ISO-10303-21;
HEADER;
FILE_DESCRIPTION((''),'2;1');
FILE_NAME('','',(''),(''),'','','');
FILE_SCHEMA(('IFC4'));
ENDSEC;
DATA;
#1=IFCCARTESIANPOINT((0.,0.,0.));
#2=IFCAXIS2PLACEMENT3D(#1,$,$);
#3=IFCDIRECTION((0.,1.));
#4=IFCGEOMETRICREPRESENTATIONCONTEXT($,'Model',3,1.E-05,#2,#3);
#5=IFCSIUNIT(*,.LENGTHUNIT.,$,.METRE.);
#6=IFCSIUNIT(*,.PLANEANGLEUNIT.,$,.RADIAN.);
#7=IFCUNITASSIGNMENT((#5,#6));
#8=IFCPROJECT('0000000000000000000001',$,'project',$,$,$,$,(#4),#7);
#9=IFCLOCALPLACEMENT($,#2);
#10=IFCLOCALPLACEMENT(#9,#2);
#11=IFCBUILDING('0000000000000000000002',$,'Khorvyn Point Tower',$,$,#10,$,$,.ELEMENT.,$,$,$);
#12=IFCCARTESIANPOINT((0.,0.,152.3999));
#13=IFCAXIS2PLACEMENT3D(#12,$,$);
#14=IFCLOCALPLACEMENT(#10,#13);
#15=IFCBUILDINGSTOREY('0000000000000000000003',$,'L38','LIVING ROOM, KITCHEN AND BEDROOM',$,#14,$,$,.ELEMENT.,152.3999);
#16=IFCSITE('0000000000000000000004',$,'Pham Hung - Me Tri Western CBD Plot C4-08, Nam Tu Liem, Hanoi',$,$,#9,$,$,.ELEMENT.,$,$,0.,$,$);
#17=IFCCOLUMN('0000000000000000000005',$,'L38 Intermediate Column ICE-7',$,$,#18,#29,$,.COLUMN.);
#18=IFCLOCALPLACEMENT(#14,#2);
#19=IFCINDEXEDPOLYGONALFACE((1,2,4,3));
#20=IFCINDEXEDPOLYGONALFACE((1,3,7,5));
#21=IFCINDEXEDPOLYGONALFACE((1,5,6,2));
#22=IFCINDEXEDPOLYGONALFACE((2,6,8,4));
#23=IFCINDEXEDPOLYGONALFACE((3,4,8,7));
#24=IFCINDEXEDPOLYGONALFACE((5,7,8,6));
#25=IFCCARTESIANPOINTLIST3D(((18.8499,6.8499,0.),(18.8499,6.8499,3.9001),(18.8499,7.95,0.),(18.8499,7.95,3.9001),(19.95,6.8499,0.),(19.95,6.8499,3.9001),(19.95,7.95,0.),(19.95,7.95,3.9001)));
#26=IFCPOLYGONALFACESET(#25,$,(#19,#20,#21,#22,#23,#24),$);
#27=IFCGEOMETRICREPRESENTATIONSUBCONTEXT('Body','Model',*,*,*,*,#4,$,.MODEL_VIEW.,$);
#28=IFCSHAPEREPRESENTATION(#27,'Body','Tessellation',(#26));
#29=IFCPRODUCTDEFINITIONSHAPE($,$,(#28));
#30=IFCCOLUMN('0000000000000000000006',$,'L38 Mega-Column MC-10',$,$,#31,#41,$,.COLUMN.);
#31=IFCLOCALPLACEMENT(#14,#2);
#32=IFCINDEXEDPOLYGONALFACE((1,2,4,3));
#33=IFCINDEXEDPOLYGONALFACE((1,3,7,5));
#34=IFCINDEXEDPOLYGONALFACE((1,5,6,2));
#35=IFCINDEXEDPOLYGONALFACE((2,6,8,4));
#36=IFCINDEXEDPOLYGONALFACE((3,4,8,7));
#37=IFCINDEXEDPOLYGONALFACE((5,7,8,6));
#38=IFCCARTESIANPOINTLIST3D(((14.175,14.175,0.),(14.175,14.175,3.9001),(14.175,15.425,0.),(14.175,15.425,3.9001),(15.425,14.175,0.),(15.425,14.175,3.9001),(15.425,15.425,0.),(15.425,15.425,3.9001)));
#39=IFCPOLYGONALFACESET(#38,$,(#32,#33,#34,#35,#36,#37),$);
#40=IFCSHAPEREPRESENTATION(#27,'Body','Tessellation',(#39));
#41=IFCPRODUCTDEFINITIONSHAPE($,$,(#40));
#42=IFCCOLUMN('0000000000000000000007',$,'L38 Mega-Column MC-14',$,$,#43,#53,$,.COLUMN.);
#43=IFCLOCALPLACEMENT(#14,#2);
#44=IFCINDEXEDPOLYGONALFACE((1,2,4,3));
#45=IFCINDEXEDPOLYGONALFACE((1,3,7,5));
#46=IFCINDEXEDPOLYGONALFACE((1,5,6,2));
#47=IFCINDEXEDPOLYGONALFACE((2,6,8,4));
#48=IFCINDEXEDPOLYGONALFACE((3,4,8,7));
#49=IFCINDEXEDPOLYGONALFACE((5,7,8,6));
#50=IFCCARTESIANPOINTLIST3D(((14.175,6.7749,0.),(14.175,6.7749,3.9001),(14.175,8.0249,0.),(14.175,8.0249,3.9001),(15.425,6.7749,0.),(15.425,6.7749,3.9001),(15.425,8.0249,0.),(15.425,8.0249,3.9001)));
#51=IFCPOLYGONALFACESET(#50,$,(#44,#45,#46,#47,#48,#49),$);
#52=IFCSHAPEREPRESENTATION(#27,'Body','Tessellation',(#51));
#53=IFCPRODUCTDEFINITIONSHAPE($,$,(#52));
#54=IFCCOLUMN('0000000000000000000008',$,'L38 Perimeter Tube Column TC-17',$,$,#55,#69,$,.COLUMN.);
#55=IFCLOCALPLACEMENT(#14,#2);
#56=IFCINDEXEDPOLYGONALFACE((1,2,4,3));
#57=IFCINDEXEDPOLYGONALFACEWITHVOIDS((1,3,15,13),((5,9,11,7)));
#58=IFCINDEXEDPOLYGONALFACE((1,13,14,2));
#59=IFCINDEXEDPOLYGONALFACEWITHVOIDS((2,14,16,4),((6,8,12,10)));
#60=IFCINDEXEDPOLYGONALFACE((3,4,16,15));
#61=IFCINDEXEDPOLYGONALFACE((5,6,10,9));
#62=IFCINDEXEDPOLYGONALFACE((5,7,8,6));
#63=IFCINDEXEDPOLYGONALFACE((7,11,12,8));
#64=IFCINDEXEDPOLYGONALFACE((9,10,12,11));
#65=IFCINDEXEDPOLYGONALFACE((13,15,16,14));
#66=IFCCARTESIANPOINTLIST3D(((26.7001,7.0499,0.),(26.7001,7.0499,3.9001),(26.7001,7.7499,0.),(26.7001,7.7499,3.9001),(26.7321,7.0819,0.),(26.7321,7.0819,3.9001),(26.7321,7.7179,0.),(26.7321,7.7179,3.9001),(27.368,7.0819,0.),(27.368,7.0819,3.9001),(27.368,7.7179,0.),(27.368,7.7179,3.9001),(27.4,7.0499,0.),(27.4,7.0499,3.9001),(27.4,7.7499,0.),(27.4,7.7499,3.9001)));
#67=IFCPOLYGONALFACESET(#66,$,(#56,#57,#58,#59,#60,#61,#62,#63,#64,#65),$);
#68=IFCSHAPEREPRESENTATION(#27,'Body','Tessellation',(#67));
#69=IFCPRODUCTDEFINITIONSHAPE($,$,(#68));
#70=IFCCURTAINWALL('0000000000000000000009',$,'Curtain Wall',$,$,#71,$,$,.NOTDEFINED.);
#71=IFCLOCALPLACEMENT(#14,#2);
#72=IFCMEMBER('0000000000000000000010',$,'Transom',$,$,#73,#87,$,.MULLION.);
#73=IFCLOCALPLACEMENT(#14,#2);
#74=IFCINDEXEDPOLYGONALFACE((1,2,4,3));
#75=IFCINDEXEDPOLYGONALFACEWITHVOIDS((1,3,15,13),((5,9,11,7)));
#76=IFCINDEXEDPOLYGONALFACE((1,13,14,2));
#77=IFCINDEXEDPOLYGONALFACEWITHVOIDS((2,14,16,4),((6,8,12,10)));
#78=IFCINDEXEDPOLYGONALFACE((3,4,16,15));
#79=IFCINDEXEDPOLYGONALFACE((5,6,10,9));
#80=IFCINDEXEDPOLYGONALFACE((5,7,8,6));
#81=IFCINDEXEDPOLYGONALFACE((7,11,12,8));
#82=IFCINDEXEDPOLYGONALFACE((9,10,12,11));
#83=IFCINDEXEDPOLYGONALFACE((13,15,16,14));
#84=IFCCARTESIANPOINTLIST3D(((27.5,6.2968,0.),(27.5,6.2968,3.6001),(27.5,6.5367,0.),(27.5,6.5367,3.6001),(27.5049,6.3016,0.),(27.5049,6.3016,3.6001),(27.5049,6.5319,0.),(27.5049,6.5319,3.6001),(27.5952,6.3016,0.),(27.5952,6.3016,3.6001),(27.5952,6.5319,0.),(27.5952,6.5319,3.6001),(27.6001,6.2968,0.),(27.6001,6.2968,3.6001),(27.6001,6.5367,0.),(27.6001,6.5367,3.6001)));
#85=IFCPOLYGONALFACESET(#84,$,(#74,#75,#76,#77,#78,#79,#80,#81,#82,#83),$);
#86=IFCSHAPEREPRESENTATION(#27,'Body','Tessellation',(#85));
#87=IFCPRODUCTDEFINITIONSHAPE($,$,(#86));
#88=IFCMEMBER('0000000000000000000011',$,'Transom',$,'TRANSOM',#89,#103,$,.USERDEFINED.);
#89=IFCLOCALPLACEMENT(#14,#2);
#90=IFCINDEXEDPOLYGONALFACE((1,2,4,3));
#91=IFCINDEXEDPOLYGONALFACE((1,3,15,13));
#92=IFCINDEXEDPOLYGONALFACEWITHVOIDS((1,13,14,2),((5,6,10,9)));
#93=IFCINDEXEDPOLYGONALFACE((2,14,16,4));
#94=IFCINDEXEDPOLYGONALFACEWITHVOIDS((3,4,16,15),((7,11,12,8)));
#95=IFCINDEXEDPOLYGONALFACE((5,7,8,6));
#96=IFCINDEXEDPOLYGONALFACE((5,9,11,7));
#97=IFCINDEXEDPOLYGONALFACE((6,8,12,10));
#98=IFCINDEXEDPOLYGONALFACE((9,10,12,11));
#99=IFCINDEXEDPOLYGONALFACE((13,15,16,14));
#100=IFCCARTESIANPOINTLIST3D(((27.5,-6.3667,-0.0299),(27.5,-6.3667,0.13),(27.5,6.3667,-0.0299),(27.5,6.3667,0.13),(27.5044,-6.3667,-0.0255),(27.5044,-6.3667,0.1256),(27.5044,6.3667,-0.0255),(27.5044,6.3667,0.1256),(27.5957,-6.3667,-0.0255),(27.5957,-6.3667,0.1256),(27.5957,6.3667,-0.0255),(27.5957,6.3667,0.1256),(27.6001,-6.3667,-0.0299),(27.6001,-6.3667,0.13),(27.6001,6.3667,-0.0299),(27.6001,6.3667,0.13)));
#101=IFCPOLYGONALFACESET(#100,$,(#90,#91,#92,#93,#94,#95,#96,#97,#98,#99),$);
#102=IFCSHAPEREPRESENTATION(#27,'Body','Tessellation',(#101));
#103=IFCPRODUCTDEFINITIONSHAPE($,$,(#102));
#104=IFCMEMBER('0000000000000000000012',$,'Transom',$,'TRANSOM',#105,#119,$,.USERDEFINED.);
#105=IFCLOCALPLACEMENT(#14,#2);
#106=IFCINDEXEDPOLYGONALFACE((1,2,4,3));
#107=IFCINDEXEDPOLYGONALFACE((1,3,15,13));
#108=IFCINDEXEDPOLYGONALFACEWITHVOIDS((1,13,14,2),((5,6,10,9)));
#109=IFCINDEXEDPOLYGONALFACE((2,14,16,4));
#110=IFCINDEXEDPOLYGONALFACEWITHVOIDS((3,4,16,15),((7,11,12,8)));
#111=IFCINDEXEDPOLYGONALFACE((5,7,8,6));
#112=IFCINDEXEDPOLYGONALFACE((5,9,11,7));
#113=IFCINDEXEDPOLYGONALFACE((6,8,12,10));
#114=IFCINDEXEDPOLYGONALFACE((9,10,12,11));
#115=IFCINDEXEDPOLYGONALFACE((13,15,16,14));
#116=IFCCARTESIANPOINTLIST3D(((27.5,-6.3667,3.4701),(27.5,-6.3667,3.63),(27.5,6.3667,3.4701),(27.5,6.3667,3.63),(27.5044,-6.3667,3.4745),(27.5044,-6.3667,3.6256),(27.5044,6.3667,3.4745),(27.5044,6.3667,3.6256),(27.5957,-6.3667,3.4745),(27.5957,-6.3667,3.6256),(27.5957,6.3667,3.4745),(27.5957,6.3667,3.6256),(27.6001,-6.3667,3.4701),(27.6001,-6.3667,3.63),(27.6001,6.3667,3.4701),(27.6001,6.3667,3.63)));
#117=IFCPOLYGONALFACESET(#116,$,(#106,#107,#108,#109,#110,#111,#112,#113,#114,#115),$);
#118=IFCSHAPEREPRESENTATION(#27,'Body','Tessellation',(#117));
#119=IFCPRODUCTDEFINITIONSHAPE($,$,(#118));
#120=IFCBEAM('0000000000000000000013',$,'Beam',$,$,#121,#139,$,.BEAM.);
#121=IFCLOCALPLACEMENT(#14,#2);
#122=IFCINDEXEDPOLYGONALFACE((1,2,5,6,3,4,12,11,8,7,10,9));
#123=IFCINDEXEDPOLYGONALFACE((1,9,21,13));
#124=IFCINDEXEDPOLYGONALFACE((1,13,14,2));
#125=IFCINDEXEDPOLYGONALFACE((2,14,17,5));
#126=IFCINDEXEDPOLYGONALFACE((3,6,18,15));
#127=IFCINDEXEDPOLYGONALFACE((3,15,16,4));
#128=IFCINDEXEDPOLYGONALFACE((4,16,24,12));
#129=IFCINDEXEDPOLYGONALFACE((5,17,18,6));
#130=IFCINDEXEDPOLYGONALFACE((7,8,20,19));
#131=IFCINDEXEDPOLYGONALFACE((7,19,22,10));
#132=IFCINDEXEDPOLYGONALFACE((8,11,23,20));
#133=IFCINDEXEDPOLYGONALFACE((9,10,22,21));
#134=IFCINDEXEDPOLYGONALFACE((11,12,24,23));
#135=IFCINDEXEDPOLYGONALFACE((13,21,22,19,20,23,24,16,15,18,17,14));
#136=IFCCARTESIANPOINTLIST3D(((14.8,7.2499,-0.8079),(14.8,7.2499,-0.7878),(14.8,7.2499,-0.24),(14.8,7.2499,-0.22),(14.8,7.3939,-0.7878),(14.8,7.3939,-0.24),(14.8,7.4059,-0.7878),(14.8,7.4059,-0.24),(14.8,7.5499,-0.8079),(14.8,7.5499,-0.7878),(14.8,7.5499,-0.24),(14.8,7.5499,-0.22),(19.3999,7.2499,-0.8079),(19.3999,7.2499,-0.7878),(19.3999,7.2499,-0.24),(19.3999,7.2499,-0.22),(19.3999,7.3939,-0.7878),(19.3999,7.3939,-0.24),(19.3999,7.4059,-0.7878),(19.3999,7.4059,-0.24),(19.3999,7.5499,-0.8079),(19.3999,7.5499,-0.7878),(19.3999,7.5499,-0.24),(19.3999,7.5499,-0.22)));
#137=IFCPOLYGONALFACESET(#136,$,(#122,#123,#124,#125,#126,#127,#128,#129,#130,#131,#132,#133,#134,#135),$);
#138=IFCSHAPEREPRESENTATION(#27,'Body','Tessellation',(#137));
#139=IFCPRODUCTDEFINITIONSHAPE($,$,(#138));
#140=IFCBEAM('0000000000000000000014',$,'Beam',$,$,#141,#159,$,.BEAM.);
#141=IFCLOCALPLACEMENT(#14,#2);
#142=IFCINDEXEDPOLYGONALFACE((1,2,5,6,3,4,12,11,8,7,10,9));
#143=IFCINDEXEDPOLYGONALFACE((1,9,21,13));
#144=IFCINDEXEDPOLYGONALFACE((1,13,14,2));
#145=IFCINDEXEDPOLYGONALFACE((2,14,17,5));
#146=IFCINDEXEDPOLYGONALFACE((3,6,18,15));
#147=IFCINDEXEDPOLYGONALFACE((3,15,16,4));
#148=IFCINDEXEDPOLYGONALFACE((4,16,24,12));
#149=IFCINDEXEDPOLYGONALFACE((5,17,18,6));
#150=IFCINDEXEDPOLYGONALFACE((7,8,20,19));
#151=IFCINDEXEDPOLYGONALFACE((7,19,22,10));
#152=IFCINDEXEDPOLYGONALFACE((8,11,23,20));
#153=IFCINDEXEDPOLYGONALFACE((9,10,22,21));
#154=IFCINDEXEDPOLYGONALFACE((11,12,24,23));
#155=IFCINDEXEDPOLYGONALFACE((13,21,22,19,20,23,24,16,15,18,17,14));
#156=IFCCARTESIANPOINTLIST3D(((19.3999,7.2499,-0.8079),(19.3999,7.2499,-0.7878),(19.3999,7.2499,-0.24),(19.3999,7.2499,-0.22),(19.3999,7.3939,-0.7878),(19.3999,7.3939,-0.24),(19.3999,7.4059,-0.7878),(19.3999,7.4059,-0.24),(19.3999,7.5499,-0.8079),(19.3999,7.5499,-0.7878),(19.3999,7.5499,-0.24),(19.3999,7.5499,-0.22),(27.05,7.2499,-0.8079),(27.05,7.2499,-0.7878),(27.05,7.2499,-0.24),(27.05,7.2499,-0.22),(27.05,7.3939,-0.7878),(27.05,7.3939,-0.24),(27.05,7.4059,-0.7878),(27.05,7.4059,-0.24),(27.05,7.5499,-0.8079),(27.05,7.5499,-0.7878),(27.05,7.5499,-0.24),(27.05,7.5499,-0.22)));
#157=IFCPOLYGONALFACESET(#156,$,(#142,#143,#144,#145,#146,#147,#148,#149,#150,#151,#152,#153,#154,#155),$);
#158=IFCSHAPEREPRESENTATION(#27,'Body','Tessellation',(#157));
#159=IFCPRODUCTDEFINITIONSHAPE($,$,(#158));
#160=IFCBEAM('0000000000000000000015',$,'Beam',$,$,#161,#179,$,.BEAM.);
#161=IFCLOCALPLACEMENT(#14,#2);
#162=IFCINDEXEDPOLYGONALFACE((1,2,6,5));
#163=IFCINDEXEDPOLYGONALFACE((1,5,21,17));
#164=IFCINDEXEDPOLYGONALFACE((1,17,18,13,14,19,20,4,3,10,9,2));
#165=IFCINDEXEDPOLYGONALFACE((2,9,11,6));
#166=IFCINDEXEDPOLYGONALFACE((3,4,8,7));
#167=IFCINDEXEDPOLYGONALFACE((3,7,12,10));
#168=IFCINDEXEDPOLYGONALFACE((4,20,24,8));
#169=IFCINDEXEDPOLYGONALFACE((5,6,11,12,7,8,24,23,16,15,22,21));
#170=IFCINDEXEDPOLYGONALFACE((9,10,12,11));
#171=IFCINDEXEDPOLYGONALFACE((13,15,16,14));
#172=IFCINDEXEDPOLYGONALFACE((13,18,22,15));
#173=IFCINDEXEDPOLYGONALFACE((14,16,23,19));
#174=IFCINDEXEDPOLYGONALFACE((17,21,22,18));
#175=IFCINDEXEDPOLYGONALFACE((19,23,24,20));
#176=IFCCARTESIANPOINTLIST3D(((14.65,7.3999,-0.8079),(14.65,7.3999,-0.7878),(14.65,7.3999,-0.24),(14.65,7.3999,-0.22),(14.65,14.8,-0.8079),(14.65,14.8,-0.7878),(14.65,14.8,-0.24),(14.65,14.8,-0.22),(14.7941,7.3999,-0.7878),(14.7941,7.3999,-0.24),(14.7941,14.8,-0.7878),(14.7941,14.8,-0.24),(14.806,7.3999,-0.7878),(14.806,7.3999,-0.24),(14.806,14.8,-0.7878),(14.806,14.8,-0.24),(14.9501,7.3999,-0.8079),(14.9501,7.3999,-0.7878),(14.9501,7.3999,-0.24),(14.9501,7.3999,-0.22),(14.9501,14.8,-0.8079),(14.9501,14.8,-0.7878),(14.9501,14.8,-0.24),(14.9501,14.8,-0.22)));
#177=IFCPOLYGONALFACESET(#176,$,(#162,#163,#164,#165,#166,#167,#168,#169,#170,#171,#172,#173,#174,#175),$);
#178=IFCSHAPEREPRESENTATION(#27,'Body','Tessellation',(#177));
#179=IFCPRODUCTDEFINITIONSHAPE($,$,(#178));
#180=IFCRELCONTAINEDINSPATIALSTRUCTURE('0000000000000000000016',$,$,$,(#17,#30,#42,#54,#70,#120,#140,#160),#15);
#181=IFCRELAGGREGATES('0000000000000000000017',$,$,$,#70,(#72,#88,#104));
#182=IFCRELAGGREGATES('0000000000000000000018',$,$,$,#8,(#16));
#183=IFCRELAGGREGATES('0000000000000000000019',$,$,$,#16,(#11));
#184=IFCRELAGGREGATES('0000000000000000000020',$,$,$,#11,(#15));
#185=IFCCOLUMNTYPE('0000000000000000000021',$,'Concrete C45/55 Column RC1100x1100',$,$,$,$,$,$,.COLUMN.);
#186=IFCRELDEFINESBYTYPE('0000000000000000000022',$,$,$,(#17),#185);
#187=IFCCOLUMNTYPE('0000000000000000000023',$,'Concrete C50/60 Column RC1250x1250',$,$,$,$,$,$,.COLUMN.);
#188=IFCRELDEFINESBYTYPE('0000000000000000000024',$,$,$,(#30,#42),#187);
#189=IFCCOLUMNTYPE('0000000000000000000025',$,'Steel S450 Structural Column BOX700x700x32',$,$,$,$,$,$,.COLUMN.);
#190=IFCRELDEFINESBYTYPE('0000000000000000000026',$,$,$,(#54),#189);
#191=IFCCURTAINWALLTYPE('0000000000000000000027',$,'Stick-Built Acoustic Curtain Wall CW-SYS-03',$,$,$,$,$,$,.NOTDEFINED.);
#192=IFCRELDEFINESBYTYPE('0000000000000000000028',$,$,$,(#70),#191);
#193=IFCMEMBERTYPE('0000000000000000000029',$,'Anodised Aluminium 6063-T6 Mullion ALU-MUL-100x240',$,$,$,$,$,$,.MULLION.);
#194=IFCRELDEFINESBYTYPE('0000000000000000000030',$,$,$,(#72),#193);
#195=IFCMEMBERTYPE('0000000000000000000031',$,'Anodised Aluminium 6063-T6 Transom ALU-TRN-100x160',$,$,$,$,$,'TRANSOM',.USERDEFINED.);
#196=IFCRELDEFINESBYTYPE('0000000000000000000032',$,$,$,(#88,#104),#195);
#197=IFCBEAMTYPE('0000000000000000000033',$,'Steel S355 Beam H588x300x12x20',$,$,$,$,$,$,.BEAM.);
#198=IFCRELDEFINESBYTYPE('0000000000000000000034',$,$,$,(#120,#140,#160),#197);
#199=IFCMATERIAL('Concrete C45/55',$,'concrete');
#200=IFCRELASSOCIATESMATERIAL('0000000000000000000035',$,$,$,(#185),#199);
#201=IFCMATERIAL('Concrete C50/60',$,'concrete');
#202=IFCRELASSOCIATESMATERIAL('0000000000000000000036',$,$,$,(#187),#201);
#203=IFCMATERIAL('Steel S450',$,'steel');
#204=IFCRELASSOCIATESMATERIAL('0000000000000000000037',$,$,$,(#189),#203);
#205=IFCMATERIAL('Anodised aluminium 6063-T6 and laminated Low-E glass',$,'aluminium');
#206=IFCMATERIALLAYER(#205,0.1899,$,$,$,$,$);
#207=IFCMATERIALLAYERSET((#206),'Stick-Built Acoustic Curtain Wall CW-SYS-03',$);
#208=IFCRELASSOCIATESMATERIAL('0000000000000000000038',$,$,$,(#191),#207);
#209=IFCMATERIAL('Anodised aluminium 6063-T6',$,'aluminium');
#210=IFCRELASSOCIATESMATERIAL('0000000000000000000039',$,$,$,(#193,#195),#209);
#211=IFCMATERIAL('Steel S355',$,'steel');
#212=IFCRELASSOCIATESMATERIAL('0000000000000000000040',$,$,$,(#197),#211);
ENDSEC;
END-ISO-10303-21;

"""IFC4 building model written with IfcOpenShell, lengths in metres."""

from ifc_helpers import new_model, si_unit, direction, frame, origin, origin_2d, place, context, subcontext, project, spatial, rectangle, hollow_rectangle, i_section, extrude, material, layer, layer_set, material_profile, profile_set, type_object, element, aggregate, save


model = new_model("IFC4")

# Units and contexts
model_context = context("Model", 3, precision=1e-05, world=origin(), true_north=direction((0.0, 1.0)))
body_context = subcontext(model_context, "Body", "Model", "MODEL_VIEW")
ifc_project = project(units=[si_unit("LENGTHUNIT", "METRE"), si_unit("PLANEANGLEUNIT", "RADIAN")], contexts=[model_context])

# Site, building, storey
site_placement = place(None, origin())
site = spatial("IfcSite", under=ifc_project, at=site_placement, Name="Pham Hung - Me Tri Western CBD Plot C4-08, Nam Tu Liem, Hanoi", CompositionType="ELEMENT", RefElevation=0.0)
building_placement = place(site_placement, origin())
building = spatial("IfcBuilding", under=site, at=building_placement, Name="Khorvyn Point Tower", CompositionType="ELEMENT")
storey_placement = place(building_placement, frame((0.0, 0.0, 152.3999)))
storey = spatial("IfcBuildingStorey", under=building, at=storey_placement, Name="L38", Description="LIVING ROOM, KITCHEN AND BEDROOM", CompositionType="ELEMENT", Elevation=152.3999)

# Columns
ifc_material_1 = material(Name="Concrete C45/55", Category="concrete")
ifc_material_profile_1 = material_profile(ifc_material_1, rectangle(XDim=1.1001, YDim=1.1001, at=origin_2d()))
ifc_profile_set_1 = profile_set([ifc_material_profile_1], Name="Concrete C45/55 RC1100x1100")
column_type_1 = type_object("IfcColumnType", Name="Concrete C45/55 Column RC1100x1100", PredefinedType="COLUMN", material=ifc_profile_set_1)
column_1_placement = place(storey_placement, frame((19.3999, 7.3999, 0.0), z_axis=(0.0, 0.0, 1.0), x_axis=(1.0, 0.0, 0.0)))
element("IfcColumn", 1, at=column_1_placement, inside=storey, type_object=column_type_1, Name="L38 Intermediate Column ICE-7", PredefinedType="COLUMN", context=body_context, shape_type="SweptSolid", body=[
    extrude(rectangle(XDim=1.1001, YDim=1.1001, at=origin_2d()), origin(), (0.0, 0.0, 1.0), 3.9001),
])
ifc_material_2 = material(Name="Concrete C50/60", Category="concrete")
ifc_material_profile_2 = material_profile(ifc_material_2, rectangle(XDim=1.25, YDim=1.25, at=origin_2d()))
ifc_profile_set_2 = profile_set([ifc_material_profile_2], Name="Concrete C50/60 RC1250x1250")
column_type_2 = type_object("IfcColumnType", Name="Concrete C50/60 Column RC1250x1250", PredefinedType="COLUMN", material=ifc_profile_set_2)
for number, where, z_axis, x_axis, name in (
    (2, (14.8, 14.8, 0.0), (0.0, 0.0, 1.0), (1.0, 0.0, 0.0), "L38 Mega-Column MC-10"),
    (3, (14.8, 7.3999, 0.0), (0.0, 0.0, 1.0), (1.0, 0.0, 0.0), "L38 Mega-Column MC-14"),
):
    element("IfcColumn", number, at=place(storey_placement, frame(where, z_axis=z_axis, x_axis=x_axis)), inside=storey, type_object=column_type_2, Name=name, PredefinedType="COLUMN", context=body_context, shape_type="SweptSolid", body=[
        extrude(rectangle(XDim=1.25, YDim=1.25, at=origin_2d()), origin(), (0.0, 0.0, 1.0), 3.9001),
    ])
ifc_material_3 = material(Name="Steel S450", Category="steel")
ifc_material_profile_3 = material_profile(ifc_material_3, hollow_rectangle(XDim=0.7, YDim=0.7, WallThickness=0.032, at=origin_2d()))
ifc_profile_set_3 = profile_set([ifc_material_profile_3], Name="Steel S450 BOX700x700x32")
column_type_3 = type_object("IfcColumnType", Name="Steel S450 Structural Column BOX700x700x32", PredefinedType="COLUMN", material=ifc_profile_set_3)
column_2_placement = place(storey_placement, frame((27.05, 7.3999, 0.0), z_axis=(0.0, 0.0, 1.0), x_axis=(1.0, 0.0, 0.0)))
element("IfcColumn", 4, at=column_2_placement, inside=storey, type_object=column_type_3, Name="L38 Perimeter Tube Column TC-17", PredefinedType="COLUMN", context=body_context, shape_type="SweptSolid", body=[
    extrude(hollow_rectangle(XDim=0.7, YDim=0.7, WallThickness=0.032, at=origin_2d()), origin(), (0.0, 0.0, 1.0), 3.9001),
])

# Curtain wall, members
ifc_material_4 = material(Name="Anodised aluminium 6063-T6 and laminated Low-E glass", Category="aluminium")
ifc_layer_1 = layer(ifc_material_4, 0.1899)
ifc_layer_set_1 = layer_set([ifc_layer_1], Name="Stick-Built Acoustic Curtain Wall CW-SYS-03")
curtain_wall_type = type_object("IfcCurtainWallType", Name="Stick-Built Acoustic Curtain Wall CW-SYS-03", PredefinedType="NOTDEFINED", material=ifc_layer_set_1)
curtain_wall_placement = place(storey_placement, origin())
curtain_wall = element("IfcCurtainWall", 5, at=curtain_wall_placement, inside=storey, type_object=curtain_wall_type, Name="Curtain Wall", PredefinedType="NOTDEFINED")
ifc_material_5 = material(Name="Anodised aluminium 6063-T6", Category="aluminium")
ifc_material_profile_4 = material_profile(ifc_material_5, hollow_rectangle(XDim=0.1001, YDim=0.24, WallThickness=0.0049, at=origin_2d()))
ifc_profile_set_4 = profile_set([ifc_material_profile_4], Name="Anodised aluminium 6063-T6 ALU-MUL-100x240")
member_type_1 = type_object("IfcMemberType", Name="Anodised Aluminium 6063-T6 Mullion ALU-MUL-100x240", PredefinedType="MULLION", material=ifc_profile_set_4)
member_1_placement = place(storey_placement, frame((27.55, 6.4167, 0.0), z_axis=(0.0, 0.0, 1.0), x_axis=(1.0, 0.0, 0.0)))
member_1 = element("IfcMember", 6, at=member_1_placement, type_object=member_type_1, Name="Transom", PredefinedType="MULLION", context=body_context, shape_type="SweptSolid", body=[
    extrude(hollow_rectangle(XDim=0.1001, YDim=0.24, WallThickness=0.0049, at=origin_2d()), origin(), (0.0, 0.0, 1.0), 3.6001),
])
ifc_material_profile_5 = material_profile(ifc_material_5, hollow_rectangle(XDim=0.1001, YDim=0.1599, WallThickness=0.0044, at=origin_2d()))
ifc_profile_set_5 = profile_set([ifc_material_profile_5], Name="Anodised aluminium 6063-T6 ALU-TRN-100x160")
member_type_2 = type_object("IfcMemberType", Name="Anodised Aluminium 6063-T6 Transom ALU-TRN-100x160", ElementType="TRANSOM", PredefinedType="USERDEFINED", material=ifc_profile_set_5)
member_2_placement = place(storey_placement, frame((27.55, 6.3667, 0.05), z_axis=(0.0, -1.0, 0.0), x_axis=(1.0, 0.0, 0.0)))
member_2 = element("IfcMember", 7, at=member_2_placement, type_object=member_type_2, Name="Transom", ObjectType="TRANSOM", PredefinedType="USERDEFINED", context=body_context, shape_type="SweptSolid", body=[
    extrude(hollow_rectangle(XDim=0.1001, YDim=0.1599, WallThickness=0.0044, at=origin_2d()), origin(), (0.0, 0.0, 1.0), 12.7334),
])
member_3_placement = place(storey_placement, frame((27.55, 6.3667, 3.55), z_axis=(0.0, -1.0, 0.0), x_axis=(1.0, 0.0, 0.0)))
member_3 = element("IfcMember", 8, at=member_3_placement, type_object=member_type_2, Name="Transom", ObjectType="TRANSOM", PredefinedType="USERDEFINED", context=body_context, shape_type="SweptSolid", body=[
    extrude(hollow_rectangle(XDim=0.1001, YDim=0.1599, WallThickness=0.0044, at=origin_2d()), origin(), (0.0, 0.0, 1.0), 12.7334),
])

# Beams
ifc_material_6 = material(Name="Steel S355", Category="steel")
ifc_material_profile_6 = material_profile(ifc_material_6, i_section(OverallWidth=0.3, OverallDepth=0.5879, WebThickness=0.012, FlangeThickness=0.02, at=origin_2d()))
ifc_profile_set_6 = profile_set([ifc_material_profile_6], Name="Steel S355 H588x300x12x20")
beam_type_1 = type_object("IfcBeamType", Name="Steel S355 Beam H588x300x12x20", PredefinedType="BEAM", material=ifc_profile_set_6)
beam_1_placement = place(storey_placement, frame((14.8, 7.3999, -0.5139), z_axis=(1.0, 0.0, 0.0), x_axis=(0.0, 1.0, 0.0)))
element("IfcBeam", 9, at=beam_1_placement, inside=storey, type_object=beam_type_1, Name="Beam", PredefinedType="BEAM", context=body_context, shape_type="SweptSolid", body=[
    extrude(i_section(OverallWidth=0.3, OverallDepth=0.5879, WebThickness=0.012, FlangeThickness=0.02, at=origin_2d()), origin(), (0.0, 0.0, 1.0), 4.5999),
])
beam_2_placement = place(storey_placement, frame((19.3999, 7.3999, -0.5139), z_axis=(1.0, 0.0, 0.0), x_axis=(0.0, 1.0, 0.0)))
element("IfcBeam", 10, at=beam_2_placement, inside=storey, type_object=beam_type_1, Name="Beam", PredefinedType="BEAM", context=body_context, shape_type="SweptSolid", body=[
    extrude(i_section(OverallWidth=0.3, OverallDepth=0.5879, WebThickness=0.012, FlangeThickness=0.02, at=origin_2d()), origin(), (0.0, 0.0, 1.0), 7.6501),
])
for number, where, z_axis, x_axis, name in (
    (11, (14.8, 7.3999, -0.5139), (0.0, 1.0, 0.0), (-1.0, 0.0, 0.0), "Beam"),
):
    element("IfcBeam", number, at=place(storey_placement, frame(where, z_axis=z_axis, x_axis=x_axis)), inside=storey, type_object=beam_type_1, Name=name, PredefinedType="BEAM", context=body_context, shape_type="SweptSolid", body=[
        extrude(i_section(OverallWidth=0.3, OverallDepth=0.5879, WebThickness=0.012, FlangeThickness=0.02, at=origin_2d()), origin(), (0.0, 0.0, 1.0), 7.4001),
    ])

aggregate(curtain_wall, [member_1, member_2, member_3])

save(model, "model.ifc")
